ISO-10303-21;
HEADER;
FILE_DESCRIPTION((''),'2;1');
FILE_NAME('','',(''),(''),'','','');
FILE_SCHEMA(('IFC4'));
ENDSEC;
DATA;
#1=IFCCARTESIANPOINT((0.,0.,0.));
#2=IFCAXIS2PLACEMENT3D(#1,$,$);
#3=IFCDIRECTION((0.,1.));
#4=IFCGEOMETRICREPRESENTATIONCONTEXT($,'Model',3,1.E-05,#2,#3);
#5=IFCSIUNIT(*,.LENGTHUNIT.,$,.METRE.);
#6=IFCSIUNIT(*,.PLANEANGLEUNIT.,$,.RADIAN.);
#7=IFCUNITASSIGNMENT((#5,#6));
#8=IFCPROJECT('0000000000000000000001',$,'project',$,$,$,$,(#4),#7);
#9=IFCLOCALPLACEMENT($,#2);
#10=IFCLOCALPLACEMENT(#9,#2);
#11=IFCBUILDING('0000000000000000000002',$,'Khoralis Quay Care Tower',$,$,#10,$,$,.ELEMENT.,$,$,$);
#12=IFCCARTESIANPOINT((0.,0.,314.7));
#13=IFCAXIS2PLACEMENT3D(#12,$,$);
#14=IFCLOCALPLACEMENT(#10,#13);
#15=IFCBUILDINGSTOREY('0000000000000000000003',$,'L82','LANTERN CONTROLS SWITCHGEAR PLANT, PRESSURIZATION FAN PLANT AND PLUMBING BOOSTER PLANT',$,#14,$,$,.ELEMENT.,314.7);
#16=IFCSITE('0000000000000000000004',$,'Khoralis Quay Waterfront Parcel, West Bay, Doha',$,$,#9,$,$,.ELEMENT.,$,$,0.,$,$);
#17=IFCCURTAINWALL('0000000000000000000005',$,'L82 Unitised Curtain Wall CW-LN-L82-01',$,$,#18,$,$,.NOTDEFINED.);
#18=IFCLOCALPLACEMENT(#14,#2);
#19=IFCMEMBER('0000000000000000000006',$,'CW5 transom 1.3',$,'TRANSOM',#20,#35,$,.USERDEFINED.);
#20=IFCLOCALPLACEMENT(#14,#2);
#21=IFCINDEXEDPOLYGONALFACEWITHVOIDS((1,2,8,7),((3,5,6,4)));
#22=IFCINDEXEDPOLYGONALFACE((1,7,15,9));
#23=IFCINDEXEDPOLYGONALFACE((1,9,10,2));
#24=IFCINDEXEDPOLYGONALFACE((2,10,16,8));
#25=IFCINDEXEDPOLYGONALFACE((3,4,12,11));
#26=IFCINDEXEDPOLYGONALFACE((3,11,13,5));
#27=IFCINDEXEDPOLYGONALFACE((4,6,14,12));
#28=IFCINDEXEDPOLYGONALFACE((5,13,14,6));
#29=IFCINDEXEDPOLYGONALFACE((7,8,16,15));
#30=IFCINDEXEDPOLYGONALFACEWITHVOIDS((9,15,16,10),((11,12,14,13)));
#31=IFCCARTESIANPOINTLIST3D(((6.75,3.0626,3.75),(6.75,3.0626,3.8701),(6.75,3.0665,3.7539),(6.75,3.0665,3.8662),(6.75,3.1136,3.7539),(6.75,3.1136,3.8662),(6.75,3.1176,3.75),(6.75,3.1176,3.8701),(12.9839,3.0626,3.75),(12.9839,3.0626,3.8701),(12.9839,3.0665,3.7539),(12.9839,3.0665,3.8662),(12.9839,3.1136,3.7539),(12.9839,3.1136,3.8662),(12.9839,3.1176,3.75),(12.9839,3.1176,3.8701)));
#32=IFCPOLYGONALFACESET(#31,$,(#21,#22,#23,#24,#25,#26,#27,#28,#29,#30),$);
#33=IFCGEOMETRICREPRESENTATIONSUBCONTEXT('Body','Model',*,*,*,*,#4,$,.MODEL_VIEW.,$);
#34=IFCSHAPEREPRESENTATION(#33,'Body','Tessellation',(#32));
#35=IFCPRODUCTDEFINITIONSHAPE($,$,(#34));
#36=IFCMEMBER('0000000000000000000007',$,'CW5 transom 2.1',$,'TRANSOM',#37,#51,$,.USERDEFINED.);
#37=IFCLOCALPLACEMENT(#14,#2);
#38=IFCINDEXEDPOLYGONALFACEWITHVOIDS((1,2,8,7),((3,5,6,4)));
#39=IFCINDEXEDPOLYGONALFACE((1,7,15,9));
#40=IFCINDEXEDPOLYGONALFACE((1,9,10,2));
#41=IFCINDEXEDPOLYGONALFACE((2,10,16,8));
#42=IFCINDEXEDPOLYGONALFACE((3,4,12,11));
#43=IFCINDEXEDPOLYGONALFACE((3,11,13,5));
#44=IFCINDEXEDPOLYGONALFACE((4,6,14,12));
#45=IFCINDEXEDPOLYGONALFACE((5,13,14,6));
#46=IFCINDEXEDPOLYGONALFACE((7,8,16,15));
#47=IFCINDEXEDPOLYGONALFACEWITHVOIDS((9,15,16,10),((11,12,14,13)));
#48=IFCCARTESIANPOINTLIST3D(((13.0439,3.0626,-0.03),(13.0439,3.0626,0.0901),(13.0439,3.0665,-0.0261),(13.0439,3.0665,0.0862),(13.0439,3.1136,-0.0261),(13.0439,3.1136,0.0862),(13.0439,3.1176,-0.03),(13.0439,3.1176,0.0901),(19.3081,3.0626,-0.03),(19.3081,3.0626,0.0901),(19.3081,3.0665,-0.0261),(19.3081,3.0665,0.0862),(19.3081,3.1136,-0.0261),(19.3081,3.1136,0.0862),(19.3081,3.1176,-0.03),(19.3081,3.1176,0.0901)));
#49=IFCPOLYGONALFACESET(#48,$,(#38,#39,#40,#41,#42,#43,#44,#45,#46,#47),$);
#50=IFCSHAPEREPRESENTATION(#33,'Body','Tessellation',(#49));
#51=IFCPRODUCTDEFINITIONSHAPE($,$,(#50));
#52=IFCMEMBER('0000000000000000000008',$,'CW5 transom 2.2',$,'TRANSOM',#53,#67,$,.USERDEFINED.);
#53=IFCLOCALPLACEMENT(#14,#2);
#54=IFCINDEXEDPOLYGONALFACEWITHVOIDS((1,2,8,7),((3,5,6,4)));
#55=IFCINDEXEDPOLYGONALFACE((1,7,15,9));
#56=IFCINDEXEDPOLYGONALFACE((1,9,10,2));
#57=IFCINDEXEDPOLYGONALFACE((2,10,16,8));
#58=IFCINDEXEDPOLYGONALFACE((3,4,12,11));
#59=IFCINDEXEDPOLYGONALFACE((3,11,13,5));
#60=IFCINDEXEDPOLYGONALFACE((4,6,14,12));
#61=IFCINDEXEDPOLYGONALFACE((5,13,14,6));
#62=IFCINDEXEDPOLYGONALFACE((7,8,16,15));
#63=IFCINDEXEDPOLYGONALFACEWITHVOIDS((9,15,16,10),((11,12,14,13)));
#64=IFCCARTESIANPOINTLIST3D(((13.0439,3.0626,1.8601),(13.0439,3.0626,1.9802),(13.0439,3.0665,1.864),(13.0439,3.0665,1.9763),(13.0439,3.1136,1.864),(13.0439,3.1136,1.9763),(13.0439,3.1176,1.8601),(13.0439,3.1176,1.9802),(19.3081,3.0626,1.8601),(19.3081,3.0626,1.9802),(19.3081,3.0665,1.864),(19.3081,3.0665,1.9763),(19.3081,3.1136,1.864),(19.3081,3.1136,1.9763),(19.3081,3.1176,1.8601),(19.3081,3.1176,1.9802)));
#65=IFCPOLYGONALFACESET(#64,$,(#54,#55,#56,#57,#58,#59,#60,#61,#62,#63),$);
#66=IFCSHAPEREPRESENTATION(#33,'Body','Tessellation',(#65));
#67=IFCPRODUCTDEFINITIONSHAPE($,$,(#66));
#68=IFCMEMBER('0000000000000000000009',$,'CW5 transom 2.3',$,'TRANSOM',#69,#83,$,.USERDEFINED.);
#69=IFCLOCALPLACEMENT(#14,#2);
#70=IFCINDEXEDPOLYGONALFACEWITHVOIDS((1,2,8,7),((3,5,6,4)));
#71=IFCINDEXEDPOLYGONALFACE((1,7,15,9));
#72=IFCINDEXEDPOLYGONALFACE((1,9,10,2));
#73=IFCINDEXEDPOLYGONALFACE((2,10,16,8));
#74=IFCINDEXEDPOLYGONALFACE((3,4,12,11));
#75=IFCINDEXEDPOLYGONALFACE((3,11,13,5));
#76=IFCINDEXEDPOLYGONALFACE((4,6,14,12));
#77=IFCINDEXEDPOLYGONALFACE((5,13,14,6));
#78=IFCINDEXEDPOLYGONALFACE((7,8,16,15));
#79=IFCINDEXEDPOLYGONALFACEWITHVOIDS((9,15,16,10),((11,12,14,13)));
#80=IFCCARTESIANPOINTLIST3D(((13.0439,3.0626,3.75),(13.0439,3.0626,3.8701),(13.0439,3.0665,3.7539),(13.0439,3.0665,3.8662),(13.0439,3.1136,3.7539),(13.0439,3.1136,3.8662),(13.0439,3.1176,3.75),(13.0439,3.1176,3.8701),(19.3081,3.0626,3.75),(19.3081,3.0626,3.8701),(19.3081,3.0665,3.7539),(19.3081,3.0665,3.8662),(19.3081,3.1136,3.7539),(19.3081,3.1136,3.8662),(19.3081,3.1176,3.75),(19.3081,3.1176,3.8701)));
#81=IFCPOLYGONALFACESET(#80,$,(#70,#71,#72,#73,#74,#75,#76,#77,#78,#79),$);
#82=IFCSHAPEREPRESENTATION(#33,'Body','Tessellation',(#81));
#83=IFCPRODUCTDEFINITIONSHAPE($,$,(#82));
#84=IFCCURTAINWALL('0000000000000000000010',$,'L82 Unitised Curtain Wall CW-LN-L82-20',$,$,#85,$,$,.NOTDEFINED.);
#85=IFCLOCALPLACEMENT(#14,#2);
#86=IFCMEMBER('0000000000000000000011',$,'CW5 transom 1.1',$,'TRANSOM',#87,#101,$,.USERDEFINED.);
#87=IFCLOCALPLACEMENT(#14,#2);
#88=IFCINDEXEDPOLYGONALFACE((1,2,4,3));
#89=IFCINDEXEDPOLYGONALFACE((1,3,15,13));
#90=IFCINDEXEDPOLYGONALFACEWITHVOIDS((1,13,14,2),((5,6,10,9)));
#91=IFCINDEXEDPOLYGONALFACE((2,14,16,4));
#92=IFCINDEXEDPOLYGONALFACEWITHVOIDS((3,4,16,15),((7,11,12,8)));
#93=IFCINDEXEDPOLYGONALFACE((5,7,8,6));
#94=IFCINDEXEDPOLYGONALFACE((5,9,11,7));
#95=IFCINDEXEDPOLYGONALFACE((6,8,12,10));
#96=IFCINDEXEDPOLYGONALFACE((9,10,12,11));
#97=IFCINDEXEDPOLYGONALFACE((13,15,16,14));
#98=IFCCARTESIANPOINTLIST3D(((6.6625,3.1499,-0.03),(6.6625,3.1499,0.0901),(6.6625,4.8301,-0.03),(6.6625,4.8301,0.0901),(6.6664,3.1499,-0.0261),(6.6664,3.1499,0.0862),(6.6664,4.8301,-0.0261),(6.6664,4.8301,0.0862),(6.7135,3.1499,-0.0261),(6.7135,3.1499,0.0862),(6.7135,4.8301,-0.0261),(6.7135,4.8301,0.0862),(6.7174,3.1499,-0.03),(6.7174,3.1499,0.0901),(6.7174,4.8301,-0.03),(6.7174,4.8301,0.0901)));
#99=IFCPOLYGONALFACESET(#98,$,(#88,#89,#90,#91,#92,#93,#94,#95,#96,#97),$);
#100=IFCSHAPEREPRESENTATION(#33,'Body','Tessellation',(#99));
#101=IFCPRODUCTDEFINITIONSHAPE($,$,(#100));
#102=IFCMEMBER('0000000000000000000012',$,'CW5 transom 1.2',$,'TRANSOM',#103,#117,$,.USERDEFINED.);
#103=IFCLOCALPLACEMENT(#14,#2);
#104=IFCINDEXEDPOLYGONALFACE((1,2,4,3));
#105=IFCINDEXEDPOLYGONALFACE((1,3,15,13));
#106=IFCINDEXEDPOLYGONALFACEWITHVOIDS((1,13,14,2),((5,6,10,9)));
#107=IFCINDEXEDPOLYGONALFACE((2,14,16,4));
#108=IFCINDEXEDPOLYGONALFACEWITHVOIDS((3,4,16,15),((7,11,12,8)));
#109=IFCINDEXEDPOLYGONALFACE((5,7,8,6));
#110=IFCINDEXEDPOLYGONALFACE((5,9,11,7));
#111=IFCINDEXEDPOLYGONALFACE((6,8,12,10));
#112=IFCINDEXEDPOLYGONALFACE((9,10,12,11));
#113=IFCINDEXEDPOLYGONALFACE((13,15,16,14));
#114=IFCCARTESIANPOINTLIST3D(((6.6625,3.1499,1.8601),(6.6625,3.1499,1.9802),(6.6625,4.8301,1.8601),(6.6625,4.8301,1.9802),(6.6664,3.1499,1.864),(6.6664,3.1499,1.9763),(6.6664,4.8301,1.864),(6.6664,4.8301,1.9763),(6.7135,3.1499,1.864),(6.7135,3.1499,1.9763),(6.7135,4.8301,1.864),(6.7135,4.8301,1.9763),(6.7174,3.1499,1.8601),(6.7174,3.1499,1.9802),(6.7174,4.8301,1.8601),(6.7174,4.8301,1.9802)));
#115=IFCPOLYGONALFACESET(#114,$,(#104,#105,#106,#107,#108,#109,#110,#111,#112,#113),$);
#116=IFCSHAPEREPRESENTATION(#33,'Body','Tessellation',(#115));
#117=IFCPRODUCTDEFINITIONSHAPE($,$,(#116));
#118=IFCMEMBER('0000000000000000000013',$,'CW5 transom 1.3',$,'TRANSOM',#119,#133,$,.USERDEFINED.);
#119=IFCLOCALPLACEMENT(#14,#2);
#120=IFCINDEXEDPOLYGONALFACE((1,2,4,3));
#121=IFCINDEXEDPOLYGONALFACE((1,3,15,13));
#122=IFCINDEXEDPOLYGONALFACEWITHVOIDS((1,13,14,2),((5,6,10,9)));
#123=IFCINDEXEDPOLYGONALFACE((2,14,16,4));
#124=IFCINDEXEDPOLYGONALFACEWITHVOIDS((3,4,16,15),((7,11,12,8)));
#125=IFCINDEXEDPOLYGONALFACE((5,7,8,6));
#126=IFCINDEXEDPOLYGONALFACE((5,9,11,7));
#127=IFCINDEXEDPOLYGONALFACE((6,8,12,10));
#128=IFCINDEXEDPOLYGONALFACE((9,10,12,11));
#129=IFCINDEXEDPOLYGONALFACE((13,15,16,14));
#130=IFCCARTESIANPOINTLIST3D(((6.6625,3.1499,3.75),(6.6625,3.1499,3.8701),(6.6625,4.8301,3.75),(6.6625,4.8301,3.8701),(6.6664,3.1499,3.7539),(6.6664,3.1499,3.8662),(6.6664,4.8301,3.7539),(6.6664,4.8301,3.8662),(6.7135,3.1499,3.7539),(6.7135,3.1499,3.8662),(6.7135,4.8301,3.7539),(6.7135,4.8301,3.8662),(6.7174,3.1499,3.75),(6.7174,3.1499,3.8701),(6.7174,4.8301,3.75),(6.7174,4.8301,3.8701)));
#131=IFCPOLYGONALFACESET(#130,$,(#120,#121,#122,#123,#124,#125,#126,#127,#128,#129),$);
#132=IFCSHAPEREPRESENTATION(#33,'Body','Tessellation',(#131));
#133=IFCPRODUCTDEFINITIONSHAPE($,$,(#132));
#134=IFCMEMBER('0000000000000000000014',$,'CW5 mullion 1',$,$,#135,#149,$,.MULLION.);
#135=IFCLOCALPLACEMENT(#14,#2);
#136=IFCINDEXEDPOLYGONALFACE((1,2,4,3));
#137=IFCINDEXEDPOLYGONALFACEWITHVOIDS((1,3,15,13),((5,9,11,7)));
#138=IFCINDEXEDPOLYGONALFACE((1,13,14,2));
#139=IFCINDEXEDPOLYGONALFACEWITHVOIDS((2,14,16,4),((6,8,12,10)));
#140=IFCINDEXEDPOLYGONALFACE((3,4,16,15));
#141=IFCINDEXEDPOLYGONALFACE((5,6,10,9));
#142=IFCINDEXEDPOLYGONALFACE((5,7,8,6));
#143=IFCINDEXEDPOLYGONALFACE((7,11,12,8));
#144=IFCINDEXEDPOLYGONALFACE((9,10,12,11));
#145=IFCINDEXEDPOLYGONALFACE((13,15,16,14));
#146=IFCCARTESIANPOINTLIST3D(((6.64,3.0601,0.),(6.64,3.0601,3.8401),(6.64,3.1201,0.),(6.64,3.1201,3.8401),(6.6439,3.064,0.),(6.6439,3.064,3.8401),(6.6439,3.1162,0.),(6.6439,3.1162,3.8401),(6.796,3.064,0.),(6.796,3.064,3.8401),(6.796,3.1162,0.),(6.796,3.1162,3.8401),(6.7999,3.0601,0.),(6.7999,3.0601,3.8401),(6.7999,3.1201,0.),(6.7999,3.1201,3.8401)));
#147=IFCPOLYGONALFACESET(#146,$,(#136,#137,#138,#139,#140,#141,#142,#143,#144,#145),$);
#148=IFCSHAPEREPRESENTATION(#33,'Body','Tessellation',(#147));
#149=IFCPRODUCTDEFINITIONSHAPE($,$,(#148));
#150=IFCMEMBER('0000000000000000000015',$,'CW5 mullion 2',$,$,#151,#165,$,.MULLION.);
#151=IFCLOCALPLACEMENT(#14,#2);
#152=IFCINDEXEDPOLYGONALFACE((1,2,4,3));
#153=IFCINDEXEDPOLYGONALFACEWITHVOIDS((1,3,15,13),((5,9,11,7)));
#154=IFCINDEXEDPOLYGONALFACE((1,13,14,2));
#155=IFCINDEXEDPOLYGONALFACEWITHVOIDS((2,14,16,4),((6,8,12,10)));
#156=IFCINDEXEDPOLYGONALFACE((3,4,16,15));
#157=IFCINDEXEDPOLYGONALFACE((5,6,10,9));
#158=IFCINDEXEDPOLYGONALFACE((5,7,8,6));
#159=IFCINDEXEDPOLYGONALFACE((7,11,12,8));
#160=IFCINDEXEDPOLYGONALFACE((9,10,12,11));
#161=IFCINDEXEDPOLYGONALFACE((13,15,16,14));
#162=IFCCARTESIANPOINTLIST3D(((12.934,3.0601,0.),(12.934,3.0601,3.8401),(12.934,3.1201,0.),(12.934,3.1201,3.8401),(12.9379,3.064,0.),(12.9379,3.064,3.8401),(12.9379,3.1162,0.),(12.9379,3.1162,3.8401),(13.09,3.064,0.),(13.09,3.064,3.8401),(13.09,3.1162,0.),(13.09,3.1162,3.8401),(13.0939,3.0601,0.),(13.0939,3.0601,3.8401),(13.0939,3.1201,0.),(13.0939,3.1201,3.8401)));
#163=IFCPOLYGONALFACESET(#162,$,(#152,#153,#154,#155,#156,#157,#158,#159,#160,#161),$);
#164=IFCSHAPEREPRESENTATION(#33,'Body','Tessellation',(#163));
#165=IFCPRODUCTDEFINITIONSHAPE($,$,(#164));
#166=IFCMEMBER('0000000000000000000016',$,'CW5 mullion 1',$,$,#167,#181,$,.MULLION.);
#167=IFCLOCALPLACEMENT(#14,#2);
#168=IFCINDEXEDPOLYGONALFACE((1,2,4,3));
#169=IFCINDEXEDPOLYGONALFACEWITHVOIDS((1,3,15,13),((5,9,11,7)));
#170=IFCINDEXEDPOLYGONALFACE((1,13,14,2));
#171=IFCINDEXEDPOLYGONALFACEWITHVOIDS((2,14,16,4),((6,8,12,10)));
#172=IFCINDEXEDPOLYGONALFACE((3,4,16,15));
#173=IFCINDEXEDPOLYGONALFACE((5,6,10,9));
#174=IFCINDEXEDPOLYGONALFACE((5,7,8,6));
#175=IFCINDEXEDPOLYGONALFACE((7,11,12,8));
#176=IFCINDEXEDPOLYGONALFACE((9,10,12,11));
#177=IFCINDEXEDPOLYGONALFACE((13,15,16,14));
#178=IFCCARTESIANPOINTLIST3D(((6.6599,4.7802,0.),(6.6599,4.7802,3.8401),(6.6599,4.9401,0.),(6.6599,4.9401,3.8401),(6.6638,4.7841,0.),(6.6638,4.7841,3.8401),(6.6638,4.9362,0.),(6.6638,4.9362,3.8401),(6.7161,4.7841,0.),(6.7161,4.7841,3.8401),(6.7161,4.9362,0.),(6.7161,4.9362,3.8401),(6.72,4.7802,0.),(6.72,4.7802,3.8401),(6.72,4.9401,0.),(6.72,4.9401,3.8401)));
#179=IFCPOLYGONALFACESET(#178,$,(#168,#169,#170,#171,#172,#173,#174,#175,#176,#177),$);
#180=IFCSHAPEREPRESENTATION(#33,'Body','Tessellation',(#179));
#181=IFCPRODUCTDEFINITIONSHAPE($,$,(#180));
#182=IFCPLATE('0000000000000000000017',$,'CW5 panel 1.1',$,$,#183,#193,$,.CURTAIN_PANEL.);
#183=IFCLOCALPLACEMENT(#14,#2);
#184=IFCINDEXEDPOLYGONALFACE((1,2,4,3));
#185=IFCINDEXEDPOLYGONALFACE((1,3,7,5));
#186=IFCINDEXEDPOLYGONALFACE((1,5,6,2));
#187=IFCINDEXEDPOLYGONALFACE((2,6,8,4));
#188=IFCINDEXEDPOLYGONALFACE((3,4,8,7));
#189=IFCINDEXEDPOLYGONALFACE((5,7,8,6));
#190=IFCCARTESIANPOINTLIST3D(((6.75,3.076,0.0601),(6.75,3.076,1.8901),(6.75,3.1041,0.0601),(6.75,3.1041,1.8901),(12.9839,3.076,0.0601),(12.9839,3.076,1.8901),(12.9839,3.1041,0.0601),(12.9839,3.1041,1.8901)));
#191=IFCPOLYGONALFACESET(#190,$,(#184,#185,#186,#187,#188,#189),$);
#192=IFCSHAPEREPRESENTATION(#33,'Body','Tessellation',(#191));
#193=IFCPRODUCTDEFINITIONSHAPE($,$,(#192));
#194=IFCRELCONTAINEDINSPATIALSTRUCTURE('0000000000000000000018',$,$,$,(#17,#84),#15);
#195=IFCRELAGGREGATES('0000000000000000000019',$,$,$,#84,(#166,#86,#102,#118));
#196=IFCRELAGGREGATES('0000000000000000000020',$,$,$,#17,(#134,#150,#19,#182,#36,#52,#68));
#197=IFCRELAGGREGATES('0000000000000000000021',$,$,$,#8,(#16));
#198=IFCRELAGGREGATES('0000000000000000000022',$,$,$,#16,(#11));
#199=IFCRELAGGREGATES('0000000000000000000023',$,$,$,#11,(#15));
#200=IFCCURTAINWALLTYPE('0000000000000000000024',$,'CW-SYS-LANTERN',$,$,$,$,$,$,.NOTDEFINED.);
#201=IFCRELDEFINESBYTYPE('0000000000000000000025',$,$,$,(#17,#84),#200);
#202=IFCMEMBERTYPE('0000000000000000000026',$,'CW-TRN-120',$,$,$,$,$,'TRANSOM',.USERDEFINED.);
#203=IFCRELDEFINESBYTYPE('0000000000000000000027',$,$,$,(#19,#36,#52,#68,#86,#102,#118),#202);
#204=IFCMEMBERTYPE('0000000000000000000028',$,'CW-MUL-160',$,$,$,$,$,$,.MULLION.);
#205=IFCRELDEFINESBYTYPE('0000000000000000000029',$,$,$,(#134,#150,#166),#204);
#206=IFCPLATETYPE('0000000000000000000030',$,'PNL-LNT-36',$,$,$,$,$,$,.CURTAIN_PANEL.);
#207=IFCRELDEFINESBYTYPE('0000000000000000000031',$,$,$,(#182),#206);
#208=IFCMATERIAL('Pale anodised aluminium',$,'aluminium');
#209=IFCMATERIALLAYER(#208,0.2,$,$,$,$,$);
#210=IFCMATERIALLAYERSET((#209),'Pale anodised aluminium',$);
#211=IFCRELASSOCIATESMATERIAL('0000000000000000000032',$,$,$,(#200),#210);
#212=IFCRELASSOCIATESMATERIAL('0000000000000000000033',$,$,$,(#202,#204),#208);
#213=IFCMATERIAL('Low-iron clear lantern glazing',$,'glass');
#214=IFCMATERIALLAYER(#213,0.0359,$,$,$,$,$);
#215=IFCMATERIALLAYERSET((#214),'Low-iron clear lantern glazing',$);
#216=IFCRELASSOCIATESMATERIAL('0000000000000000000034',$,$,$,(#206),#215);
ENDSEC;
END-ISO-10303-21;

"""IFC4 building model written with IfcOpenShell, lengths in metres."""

from ifc_helpers import new_model, si_unit, direction, frame, origin, origin_2d, place, context, subcontext, project, spatial, rectangle, hollow_rectangle, extrude, source, transform, mapped, material, layer, layer_set, material_profile, profile_set, type_object, element, aggregate, save


model = new_model("IFC4")

# Units and contexts
model_context = context("Model", 3, precision=1e-05, world=origin(), true_north=direction((0.0, 1.0)))
body_context = subcontext(model_context, "Body", "Model", "MODEL_VIEW")
ifc_project = project(units=[si_unit("LENGTHUNIT", "METRE"), si_unit("PLANEANGLEUNIT", "RADIAN")], contexts=[model_context])

# Site, building, storey
site_placement = place(None, origin())
site = spatial("IfcSite", under=ifc_project, at=site_placement, Name="Khoralis Quay Waterfront Parcel, West Bay, Doha", CompositionType="ELEMENT", RefElevation=0.0)
building_placement = place(site_placement, origin())
building = spatial("IfcBuilding", under=site, at=building_placement, Name="Khoralis Quay Care Tower", CompositionType="ELEMENT")
storey_placement = place(building_placement, frame((0.0, 0.0, 314.7)))
storey = spatial("IfcBuildingStorey", under=building, at=storey_placement, Name="L82", Description="LANTERN CONTROLS SWITCHGEAR PLANT, PRESSURIZATION FAN PLANT AND PLUMBING BOOSTER PLANT", CompositionType="ELEMENT", Elevation=314.7)

# Curtain walls, members
ifc_material_1 = material(Name="Pale anodised aluminium", Category="aluminium")
ifc_layer_1 = layer(ifc_material_1, 0.2)
ifc_layer_set_1 = layer_set([ifc_layer_1], Name="Pale anodised aluminium")
curtain_wall_type = type_object("IfcCurtainWallType", Name="CW-SYS-LANTERN", PredefinedType="NOTDEFINED", material=ifc_layer_set_1)
curtain_wall_1_placement = place(storey_placement, origin())
curtain_wall_1 = element("IfcCurtainWall", 1, at=curtain_wall_1_placement, inside=storey, type_object=curtain_wall_type, Name="L82 Unitised Curtain Wall CW-LN-L82-01", PredefinedType="NOTDEFINED")
ifc_material_profile_1 = material_profile(ifc_material_1, hollow_rectangle(XDim=0.0549, YDim=0.1201, WallThickness=0.0039, at=origin_2d()), Name="Pale anodised aluminium")
ifc_profile_set_1 = profile_set([ifc_material_profile_1], Name="Pale anodised aluminium")
member_type_1 = type_object("IfcMemberType", Name="CW-TRN-120", ElementType="TRANSOM", PredefinedType="USERDEFINED", material=ifc_profile_set_1)
shared_shape_1 = source(origin(), body_context, "Body", "SweptSolid", [
    extrude(hollow_rectangle(XDim=0.0549, YDim=0.1201, WallThickness=0.0039, at=origin_2d()), origin(), (0.0, 0.0, 1.0), 6.2339),
])
member_1_placement = place(storey_placement, frame((6.75, 3.0901, 3.8101), z_axis=(1.0, 0.0, 0.0), x_axis=(0.0, 1.0, 0.0)))
member_1 = element("IfcMember", 2, at=member_1_placement, type_object=member_type_1, Name="CW5 transom 1.3", ObjectType="TRANSOM", PredefinedType="USERDEFINED", context=body_context, shape_type="MappedRepresentation", body=[
    mapped(shared_shape_1, transform((0.0, 0.0, 0.0), scale=1.0)),
])
shared_shape_2 = source(origin(), body_context, "Body", "SweptSolid", [
    extrude(hollow_rectangle(XDim=0.0549, YDim=0.1201, WallThickness=0.0039, at=origin_2d()), origin(), (0.0, 0.0, 1.0), 6.2642),
])
member_2_placement = place(storey_placement, frame((13.0439, 3.0901, 0.03), z_axis=(1.0, 0.0, 0.0), x_axis=(0.0, 1.0, 0.0)))
member_2 = element("IfcMember", 3, at=member_2_placement, type_object=member_type_1, Name="CW5 transom 2.1", ObjectType="TRANSOM", PredefinedType="USERDEFINED", context=body_context, shape_type="MappedRepresentation", body=[
    mapped(shared_shape_2, transform((0.0, 0.0, 0.0), scale=1.0)),
])
member_3_placement = place(storey_placement, frame((13.0439, 3.0901, 1.9202), z_axis=(1.0, 0.0, 0.0), x_axis=(0.0, 1.0, 0.0)))
member_3 = element("IfcMember", 4, at=member_3_placement, type_object=member_type_1, Name="CW5 transom 2.2", ObjectType="TRANSOM", PredefinedType="USERDEFINED", context=body_context, shape_type="MappedRepresentation", body=[
    mapped(shared_shape_2, transform((0.0, 0.0, 0.0), scale=1.0)),
])
member_4_placement = place(storey_placement, frame((13.0439, 3.0901, 3.8101), z_axis=(1.0, 0.0, 0.0), x_axis=(0.0, 1.0, 0.0)))
member_4 = element("IfcMember", 5, at=member_4_placement, type_object=member_type_1, Name="CW5 transom 2.3", ObjectType="TRANSOM", PredefinedType="USERDEFINED", context=body_context, shape_type="MappedRepresentation", body=[
    mapped(shared_shape_2, transform((0.0, 0.0, 0.0), scale=1.0)),
])
curtain_wall_2_placement = place(storey_placement, origin())
curtain_wall_2 = element("IfcCurtainWall", 6, at=curtain_wall_2_placement, inside=storey, type_object=curtain_wall_type, Name="L82 Unitised Curtain Wall CW-LN-L82-20", PredefinedType="NOTDEFINED")
shared_shape_3 = source(origin(), body_context, "Body", "SweptSolid", [
    extrude(hollow_rectangle(XDim=0.0549, YDim=0.1201, WallThickness=0.0039, at=origin_2d()), origin(), (0.0, 0.0, 1.0), 1.6802),
])
member_5_placement = place(storey_placement, frame((6.6899, 4.8301, 0.03), z_axis=(0.0, -1.0, 0.0), x_axis=(1.0, 0.0, 0.0)))
member_5 = element("IfcMember", 7, at=member_5_placement, type_object=member_type_1, Name="CW5 transom 1.1", ObjectType="TRANSOM", PredefinedType="USERDEFINED", context=body_context, shape_type="MappedRepresentation", body=[
    mapped(shared_shape_3, transform((0.0, 0.0, 0.0), scale=1.0)),
])
member_6_placement = place(storey_placement, frame((6.6899, 4.8301, 1.9202), z_axis=(0.0, -1.0, 0.0), x_axis=(1.0, 0.0, 0.0)))
member_6 = element("IfcMember", 8, at=member_6_placement, type_object=member_type_1, Name="CW5 transom 1.2", ObjectType="TRANSOM", PredefinedType="USERDEFINED", context=body_context, shape_type="MappedRepresentation", body=[
    mapped(shared_shape_3, transform((0.0, 0.0, 0.0), scale=1.0)),
])
member_7_placement = place(storey_placement, frame((6.6899, 4.8301, 3.8101), z_axis=(0.0, -1.0, 0.0), x_axis=(1.0, 0.0, 0.0)))
member_7 = element("IfcMember", 9, at=member_7_placement, type_object=member_type_1, Name="CW5 transom 1.3", ObjectType="TRANSOM", PredefinedType="USERDEFINED", context=body_context, shape_type="MappedRepresentation", body=[
    mapped(shared_shape_3, transform((0.0, 0.0, 0.0), scale=1.0)),
])

# Members
ifc_material_profile_2 = material_profile(ifc_material_1, hollow_rectangle(XDim=0.0601, YDim=0.1599, WallThickness=0.0039, at=origin_2d()), Name="Pale anodised aluminium")
ifc_profile_set_2 = profile_set([ifc_material_profile_2], Name="Pale anodised aluminium")
member_type_2 = type_object("IfcMemberType", Name="CW-MUL-160", PredefinedType="MULLION", material=ifc_profile_set_2)
shared_shape_4 = source(origin(), body_context, "Body", "SweptSolid", [
    extrude(hollow_rectangle(XDim=0.0601, YDim=0.1599, WallThickness=0.0039, at=origin_2d()), origin(), (0.0, 0.0, 1.0), 3.8401),
])
member_8_placement = place(storey_placement, frame((6.72, 3.0901, 0.0), z_axis=(0.0, 0.0, 1.0), x_axis=(0.0, 1.0, 0.0)))
member_8 = element("IfcMember", 10, at=member_8_placement, type_object=member_type_2, Name="CW5 mullion 1", PredefinedType="MULLION", context=body_context, shape_type="MappedRepresentation", body=[
    mapped(shared_shape_4, transform((0.0, 0.0, 0.0), scale=1.0)),
])
member_9_placement = place(storey_placement, frame((13.0139, 3.0901, 0.0), z_axis=(0.0, 0.0, 1.0), x_axis=(0.0, 1.0, 0.0)))
member_9 = element("IfcMember", 11, at=member_9_placement, type_object=member_type_2, Name="CW5 mullion 2", PredefinedType="MULLION", context=body_context, shape_type="MappedRepresentation", body=[
    mapped(shared_shape_4, transform((0.0, 0.0, 0.0), scale=1.0)),
])
member_10_placement = place(storey_placement, frame((6.6899, 4.8601, 0.0), z_axis=(0.0, 0.0, 1.0), x_axis=(1.0, 0.0, 0.0)))
member_10 = element("IfcMember", 12, at=member_10_placement, type_object=member_type_2, Name="CW5 mullion 1", PredefinedType="MULLION", context=body_context, shape_type="MappedRepresentation", body=[
    mapped(shared_shape_4, transform((0.0, 0.0, 0.0), scale=1.0)),
])
aggregate(curtain_wall_2, [member_10, member_5, member_6, member_7])

# Plate
ifc_material_2 = material(Name="Low-iron clear lantern glazing", Category="glass")
ifc_layer_2 = layer(ifc_material_2, 0.0359)
ifc_layer_set_2 = layer_set([ifc_layer_2], Name="Low-iron clear lantern glazing")
plate_type = type_object("IfcPlateType", Name="PNL-LNT-36", PredefinedType="CURTAIN_PANEL", material=ifc_layer_set_2)
shared_shape_5 = source(origin(), body_context, "Body", "SweptSolid", [
    extrude(rectangle(XDim=6.2339, YDim=0.0281, at=origin_2d()), origin(), (0.0, 0.0, 1.0), 1.8301),
])
plate_1_placement = place(storey_placement, frame((9.8669, 3.0901, 0.0601), z_axis=(0.0, 0.0, 1.0), x_axis=(1.0, 0.0, 0.0)))
plate_1 = element("IfcPlate", 13, at=plate_1_placement, type_object=plate_type, Name="CW5 panel 1.1", PredefinedType="CURTAIN_PANEL", context=body_context, shape_type="MappedRepresentation", body=[
    mapped(shared_shape_5, transform((0.0, 0.0, 0.0), scale=1.0)),
])
aggregate(curtain_wall_1, [member_8, member_9, member_1, plate_1, member_2, member_3, member_4])

save(model, "model.ifc")
